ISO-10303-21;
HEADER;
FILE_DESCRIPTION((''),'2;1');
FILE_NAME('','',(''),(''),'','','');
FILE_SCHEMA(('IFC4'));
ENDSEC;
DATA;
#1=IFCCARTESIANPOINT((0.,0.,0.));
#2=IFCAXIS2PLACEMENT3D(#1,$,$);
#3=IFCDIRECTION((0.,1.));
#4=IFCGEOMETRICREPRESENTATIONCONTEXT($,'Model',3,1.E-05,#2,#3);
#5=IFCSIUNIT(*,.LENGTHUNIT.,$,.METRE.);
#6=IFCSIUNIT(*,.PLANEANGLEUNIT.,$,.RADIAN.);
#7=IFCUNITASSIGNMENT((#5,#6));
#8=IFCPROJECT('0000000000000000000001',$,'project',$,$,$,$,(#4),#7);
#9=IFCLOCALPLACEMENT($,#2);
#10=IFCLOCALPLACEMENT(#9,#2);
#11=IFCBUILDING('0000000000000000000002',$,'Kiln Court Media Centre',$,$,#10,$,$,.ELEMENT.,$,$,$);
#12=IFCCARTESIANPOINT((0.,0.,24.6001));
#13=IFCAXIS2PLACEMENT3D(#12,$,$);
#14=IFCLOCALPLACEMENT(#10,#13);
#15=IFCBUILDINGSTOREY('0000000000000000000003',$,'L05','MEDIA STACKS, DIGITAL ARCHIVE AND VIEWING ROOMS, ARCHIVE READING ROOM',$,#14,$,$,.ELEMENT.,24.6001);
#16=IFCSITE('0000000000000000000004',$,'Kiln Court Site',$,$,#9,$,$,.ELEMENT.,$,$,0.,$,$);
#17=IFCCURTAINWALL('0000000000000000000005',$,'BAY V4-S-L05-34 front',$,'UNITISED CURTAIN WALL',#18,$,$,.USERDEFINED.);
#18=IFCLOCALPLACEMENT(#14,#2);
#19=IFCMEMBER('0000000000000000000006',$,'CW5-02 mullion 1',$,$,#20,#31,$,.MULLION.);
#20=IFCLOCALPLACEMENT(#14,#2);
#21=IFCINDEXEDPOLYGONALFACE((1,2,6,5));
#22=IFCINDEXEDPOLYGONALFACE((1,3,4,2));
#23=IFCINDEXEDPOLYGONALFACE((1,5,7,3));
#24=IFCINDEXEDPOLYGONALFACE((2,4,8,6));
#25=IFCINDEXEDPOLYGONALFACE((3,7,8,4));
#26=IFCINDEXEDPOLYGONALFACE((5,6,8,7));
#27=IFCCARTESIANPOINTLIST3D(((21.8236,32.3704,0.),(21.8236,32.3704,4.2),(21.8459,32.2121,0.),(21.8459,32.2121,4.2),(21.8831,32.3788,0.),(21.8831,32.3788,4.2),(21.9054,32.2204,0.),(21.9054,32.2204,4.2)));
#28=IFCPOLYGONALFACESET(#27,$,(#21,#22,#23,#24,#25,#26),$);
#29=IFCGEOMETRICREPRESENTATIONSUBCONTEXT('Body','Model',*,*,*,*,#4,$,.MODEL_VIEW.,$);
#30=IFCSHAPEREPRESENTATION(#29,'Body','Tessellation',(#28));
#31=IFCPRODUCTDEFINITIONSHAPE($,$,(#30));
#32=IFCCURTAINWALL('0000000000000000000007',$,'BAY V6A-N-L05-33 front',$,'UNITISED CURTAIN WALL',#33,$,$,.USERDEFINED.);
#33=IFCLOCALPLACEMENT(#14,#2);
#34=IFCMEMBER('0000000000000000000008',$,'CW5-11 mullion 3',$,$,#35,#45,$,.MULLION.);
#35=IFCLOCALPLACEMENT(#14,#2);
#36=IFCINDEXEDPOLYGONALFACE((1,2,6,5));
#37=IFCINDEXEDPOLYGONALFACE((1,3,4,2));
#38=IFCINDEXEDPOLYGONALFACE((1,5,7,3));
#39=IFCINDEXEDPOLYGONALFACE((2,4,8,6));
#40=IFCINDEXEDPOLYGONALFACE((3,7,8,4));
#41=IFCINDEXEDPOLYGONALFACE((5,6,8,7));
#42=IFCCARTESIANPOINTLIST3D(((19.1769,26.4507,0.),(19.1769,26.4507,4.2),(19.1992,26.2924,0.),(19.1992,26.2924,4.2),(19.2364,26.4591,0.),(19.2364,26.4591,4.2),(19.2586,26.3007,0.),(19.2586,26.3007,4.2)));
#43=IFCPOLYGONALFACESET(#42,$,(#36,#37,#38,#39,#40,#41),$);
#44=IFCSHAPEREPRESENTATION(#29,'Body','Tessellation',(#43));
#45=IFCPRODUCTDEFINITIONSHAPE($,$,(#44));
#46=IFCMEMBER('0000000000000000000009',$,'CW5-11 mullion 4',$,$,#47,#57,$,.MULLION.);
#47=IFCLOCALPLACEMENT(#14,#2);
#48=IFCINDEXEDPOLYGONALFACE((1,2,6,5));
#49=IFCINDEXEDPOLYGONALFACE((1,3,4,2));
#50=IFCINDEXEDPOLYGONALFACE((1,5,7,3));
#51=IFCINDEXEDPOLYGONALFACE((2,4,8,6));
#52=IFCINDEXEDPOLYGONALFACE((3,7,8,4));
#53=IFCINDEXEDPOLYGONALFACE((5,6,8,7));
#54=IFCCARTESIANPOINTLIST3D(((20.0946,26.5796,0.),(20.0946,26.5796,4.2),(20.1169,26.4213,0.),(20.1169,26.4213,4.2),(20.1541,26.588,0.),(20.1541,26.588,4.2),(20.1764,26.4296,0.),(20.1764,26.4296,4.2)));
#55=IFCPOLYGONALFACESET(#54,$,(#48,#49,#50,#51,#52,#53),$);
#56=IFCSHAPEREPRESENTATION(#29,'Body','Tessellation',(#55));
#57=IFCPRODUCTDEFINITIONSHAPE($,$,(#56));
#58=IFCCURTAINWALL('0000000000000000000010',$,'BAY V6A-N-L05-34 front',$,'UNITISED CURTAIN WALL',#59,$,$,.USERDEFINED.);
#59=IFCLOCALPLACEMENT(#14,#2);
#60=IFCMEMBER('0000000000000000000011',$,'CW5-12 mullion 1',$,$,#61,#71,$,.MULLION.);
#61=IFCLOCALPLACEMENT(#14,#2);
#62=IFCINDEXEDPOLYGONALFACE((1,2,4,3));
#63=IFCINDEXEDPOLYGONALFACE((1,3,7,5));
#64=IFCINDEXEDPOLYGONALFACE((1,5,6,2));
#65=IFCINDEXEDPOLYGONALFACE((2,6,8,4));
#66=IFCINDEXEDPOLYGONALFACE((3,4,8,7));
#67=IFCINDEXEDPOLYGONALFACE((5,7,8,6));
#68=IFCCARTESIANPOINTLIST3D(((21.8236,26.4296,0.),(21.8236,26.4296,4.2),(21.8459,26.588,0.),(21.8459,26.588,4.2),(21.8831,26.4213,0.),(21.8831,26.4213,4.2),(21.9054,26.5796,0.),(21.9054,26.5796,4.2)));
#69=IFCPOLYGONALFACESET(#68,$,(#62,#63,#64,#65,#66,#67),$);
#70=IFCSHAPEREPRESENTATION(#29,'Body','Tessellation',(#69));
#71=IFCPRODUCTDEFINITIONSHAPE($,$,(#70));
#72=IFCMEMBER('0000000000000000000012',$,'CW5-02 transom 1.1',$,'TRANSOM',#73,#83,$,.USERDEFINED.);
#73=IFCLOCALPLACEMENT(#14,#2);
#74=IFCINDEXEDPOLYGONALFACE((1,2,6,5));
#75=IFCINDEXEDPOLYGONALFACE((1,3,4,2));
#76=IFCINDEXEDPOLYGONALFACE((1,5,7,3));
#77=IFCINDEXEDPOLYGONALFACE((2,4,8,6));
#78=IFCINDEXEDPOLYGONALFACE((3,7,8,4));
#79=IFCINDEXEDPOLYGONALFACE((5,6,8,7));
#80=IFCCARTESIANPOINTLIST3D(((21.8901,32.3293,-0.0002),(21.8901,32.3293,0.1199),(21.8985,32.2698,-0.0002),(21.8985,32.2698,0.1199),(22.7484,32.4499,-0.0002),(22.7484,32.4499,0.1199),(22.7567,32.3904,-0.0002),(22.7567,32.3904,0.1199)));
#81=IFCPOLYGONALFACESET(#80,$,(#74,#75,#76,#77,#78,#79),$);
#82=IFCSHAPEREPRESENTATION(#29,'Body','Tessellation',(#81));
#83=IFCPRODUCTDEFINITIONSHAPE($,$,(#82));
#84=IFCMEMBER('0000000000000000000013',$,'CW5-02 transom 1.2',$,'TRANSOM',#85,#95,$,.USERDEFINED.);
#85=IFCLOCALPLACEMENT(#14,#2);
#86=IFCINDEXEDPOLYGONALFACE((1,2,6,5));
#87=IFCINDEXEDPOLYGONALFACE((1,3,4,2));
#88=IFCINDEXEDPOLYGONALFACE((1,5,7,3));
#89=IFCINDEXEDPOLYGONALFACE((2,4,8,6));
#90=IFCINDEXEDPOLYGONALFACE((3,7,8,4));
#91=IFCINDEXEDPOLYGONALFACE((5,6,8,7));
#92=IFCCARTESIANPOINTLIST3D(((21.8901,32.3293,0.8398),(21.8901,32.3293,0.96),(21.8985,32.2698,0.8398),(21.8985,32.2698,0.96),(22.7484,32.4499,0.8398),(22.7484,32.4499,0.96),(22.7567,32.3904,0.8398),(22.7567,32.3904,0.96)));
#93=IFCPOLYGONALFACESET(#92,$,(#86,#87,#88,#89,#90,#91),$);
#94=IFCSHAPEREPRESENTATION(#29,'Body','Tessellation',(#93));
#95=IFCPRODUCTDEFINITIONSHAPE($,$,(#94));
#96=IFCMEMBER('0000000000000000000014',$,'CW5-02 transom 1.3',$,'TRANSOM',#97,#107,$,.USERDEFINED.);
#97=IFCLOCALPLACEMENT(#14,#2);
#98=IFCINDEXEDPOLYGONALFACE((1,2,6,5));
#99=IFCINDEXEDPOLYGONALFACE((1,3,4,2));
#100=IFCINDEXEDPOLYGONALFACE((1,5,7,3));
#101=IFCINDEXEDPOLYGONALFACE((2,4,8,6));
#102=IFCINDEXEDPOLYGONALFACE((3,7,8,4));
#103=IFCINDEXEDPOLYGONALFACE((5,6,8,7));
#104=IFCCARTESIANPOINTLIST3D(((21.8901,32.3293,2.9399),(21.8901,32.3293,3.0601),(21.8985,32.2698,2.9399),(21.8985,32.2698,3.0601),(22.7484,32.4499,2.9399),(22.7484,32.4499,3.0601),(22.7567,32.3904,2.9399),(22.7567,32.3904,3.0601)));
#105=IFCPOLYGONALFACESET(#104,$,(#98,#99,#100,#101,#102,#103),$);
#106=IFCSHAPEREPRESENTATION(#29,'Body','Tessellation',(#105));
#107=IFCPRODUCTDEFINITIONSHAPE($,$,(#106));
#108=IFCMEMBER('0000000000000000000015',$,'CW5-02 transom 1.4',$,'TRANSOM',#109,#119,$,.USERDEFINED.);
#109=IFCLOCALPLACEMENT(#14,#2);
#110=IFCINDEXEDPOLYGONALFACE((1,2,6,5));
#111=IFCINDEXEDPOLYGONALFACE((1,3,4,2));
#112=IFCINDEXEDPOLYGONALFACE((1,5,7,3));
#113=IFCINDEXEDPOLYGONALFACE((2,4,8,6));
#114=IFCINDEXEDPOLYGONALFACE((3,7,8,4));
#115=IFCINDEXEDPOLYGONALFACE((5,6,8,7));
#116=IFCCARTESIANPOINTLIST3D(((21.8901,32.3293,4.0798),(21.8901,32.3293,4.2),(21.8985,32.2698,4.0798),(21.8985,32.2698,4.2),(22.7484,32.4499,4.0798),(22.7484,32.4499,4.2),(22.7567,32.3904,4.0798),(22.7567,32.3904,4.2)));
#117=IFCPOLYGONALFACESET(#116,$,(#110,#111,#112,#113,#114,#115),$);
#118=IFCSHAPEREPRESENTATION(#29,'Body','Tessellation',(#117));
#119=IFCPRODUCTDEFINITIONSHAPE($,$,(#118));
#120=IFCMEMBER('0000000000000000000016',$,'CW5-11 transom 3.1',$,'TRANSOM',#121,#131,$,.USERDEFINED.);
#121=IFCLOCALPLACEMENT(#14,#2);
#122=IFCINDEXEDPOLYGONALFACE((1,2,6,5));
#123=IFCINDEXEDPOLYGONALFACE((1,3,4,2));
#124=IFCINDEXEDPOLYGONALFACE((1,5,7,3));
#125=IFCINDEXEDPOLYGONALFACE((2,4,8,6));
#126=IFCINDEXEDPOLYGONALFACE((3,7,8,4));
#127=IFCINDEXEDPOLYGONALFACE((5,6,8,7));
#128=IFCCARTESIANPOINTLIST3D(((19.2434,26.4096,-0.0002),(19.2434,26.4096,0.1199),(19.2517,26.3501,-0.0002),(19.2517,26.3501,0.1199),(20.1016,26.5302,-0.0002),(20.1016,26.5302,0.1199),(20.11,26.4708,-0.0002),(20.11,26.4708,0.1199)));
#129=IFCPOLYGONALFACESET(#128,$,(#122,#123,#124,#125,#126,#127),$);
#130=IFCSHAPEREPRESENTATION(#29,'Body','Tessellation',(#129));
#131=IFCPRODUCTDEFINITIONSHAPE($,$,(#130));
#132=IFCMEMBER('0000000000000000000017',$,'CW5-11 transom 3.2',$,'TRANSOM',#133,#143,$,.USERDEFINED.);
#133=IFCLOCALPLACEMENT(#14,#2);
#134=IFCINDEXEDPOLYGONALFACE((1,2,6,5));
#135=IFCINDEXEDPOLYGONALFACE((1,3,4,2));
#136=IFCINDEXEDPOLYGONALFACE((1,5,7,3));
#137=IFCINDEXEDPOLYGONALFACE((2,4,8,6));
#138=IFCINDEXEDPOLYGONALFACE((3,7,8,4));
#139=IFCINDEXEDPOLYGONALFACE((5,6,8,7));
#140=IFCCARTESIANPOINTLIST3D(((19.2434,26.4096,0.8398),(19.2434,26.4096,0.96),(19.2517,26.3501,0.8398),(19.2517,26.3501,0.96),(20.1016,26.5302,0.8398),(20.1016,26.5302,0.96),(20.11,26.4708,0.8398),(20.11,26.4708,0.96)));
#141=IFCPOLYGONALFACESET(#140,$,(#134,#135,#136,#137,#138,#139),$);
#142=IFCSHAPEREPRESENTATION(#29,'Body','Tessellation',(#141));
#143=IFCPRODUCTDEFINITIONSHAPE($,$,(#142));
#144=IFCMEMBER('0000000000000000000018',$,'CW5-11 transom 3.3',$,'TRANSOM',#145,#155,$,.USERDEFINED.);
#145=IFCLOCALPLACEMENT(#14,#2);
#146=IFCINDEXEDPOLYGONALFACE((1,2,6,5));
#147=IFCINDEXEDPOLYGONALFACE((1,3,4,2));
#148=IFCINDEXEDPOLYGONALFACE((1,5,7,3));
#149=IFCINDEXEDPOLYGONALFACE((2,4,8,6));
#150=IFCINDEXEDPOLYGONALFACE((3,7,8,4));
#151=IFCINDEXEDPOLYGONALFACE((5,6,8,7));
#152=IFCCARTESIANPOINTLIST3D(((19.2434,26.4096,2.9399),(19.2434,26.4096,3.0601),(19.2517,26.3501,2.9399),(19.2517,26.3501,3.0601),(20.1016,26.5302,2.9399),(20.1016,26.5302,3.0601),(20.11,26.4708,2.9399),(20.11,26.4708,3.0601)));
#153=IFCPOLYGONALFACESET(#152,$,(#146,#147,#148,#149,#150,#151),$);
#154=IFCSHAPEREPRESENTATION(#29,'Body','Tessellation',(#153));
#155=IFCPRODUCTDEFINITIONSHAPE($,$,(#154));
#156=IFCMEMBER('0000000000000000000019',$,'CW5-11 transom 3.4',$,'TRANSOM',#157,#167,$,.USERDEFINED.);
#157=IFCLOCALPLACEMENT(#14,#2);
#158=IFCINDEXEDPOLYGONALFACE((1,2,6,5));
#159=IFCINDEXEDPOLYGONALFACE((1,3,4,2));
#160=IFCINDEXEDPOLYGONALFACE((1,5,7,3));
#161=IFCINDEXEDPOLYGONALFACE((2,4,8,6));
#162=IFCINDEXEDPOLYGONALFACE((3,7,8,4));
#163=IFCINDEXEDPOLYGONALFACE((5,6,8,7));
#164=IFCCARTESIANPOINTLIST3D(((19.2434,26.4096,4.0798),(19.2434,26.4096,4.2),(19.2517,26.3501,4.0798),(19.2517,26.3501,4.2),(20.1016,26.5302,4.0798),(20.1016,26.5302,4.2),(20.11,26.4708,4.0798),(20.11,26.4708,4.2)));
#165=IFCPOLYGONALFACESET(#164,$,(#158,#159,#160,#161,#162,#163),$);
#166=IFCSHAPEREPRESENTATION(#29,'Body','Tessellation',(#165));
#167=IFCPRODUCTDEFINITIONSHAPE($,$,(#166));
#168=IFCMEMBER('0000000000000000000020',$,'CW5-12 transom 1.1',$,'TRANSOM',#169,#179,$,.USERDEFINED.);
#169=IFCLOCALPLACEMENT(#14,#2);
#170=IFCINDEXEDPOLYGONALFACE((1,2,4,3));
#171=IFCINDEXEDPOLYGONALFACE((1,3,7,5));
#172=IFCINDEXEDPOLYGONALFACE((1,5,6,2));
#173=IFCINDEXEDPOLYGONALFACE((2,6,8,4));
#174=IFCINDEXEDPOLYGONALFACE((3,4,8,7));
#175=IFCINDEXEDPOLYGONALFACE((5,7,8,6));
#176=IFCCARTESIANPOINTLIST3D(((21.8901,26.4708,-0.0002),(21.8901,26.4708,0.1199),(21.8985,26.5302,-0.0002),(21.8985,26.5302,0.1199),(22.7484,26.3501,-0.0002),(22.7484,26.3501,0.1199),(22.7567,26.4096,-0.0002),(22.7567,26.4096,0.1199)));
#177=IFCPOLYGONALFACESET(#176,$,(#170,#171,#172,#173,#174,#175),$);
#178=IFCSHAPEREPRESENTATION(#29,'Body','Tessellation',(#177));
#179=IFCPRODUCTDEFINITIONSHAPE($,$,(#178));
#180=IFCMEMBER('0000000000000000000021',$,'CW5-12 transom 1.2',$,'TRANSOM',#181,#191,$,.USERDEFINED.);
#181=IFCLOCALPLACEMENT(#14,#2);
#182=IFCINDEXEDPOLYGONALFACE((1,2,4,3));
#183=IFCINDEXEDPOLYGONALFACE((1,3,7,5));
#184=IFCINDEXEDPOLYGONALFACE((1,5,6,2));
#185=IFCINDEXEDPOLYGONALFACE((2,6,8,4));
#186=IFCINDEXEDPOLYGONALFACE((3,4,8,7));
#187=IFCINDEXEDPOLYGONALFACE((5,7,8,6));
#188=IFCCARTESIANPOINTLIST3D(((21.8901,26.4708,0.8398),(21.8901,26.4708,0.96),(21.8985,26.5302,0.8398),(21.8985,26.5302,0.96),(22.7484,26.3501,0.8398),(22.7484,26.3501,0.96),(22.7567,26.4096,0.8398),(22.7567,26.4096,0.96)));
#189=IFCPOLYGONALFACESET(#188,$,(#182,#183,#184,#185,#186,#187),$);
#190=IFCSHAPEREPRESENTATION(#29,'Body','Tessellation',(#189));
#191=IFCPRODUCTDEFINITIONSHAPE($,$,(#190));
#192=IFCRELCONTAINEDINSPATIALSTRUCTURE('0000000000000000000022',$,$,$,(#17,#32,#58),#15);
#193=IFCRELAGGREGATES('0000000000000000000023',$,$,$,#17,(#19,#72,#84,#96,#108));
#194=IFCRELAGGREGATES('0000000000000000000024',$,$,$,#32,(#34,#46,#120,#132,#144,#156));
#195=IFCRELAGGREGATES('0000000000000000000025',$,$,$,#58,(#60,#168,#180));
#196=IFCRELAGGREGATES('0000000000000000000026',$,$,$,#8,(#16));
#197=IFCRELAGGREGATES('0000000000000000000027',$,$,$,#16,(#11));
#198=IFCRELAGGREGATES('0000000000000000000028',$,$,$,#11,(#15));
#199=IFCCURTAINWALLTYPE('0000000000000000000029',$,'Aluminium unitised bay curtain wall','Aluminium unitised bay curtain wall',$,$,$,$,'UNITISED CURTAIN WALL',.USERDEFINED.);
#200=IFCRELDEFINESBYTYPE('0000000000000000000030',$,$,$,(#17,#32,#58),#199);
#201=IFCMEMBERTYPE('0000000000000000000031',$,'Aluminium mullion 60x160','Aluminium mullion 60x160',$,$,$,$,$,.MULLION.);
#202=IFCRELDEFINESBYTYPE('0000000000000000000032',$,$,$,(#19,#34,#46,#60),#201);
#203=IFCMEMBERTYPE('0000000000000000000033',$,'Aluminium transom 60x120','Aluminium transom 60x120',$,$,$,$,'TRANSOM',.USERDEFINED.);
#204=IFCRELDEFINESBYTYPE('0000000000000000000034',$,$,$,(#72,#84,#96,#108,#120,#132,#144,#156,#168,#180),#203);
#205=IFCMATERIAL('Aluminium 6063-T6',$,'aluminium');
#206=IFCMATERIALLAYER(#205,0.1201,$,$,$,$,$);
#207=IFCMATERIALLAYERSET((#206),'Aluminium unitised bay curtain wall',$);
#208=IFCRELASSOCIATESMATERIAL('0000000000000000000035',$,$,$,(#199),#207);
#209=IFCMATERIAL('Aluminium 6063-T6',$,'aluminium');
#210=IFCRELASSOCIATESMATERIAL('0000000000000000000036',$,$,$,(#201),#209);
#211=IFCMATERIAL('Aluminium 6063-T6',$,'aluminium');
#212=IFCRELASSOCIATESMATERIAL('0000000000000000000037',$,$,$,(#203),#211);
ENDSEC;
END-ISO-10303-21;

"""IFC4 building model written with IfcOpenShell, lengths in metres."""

from ifc_helpers import new_model, si_unit, direction, frame, origin, origin_2d, place, context, subcontext, project, spatial, rectangle, extrude, material, layer, layer_set, material_profile, profile_set, type_object, element, aggregate, save


model = new_model("IFC4")

# Units and contexts
model_context = context("Model", 3, precision=1e-05, world=origin(), true_north=direction((0.0, 1.0)))
body_context = subcontext(model_context, "Body", "Model", "MODEL_VIEW")
ifc_project = project(units=[si_unit("LENGTHUNIT", "METRE"), si_unit("PLANEANGLEUNIT", "RADIAN")], contexts=[model_context])

# Site, building, storey
site_placement = place(None, origin())
site = spatial("IfcSite", under=ifc_project, at=site_placement, Name="Kiln Court Site", CompositionType="ELEMENT", RefElevation=0.0)
building_placement = place(site_placement, origin())
building = spatial("IfcBuilding", under=site, at=building_placement, Name="Kiln Court Media Centre", CompositionType="ELEMENT")
storey_placement = place(building_placement, frame((0.0, 0.0, 24.6001)))
storey = spatial("IfcBuildingStorey", under=building, at=storey_placement, Name="L05", Description="MEDIA STACKS, DIGITAL ARCHIVE AND VIEWING ROOMS, ARCHIVE READING ROOM", CompositionType="ELEMENT", Elevation=24.6001)

# Curtain wall, member
ifc_material_1 = material(Name="Aluminium 6063-T6", Category="aluminium")
ifc_layer_1 = layer(ifc_material_1, 0.1201)
ifc_layer_set_1 = layer_set([ifc_layer_1], Name="Aluminium unitised bay curtain wall")
curtain_wall_type = type_object("IfcCurtainWallType", Name="Aluminium unitised bay curtain wall", Description="Aluminium unitised bay curtain wall", ElementType="UNITISED CURTAIN WALL", PredefinedType="USERDEFINED", material=ifc_layer_set_1)
curtain_wall_1_placement = place(storey_placement, origin())
curtain_wall_1 = element("IfcCurtainWall", 1, at=curtain_wall_1_placement, inside=storey, type_object=curtain_wall_type, Name="BAY V4-S-L05-34 front", ObjectType="UNITISED CURTAIN WALL", PredefinedType="USERDEFINED")
ifc_material_2 = material(Name="Aluminium 6063-T6", Category="aluminium")
ifc_material_profile_1 = material_profile(ifc_material_2, rectangle(XDim=0.0601, YDim=0.1599, at=origin_2d()), Name="Aluminium mullion 60x160")
ifc_profile_set_1 = profile_set([ifc_material_profile_1], Name="Aluminium 6063-T6")
member_type_1 = type_object("IfcMemberType", Name="Aluminium mullion 60x160", Description="Aluminium mullion 60x160", PredefinedType="MULLION", material=ifc_profile_set_1)
member_1_placement = place(storey_placement, frame((21.8645, 32.2954, 0.0), z_axis=(0.0, 0.0, 1.0), x_axis=(0.99027, 0.139162, 0.0)))
member_1 = element("IfcMember", 2, at=member_1_placement, type_object=member_type_1, Name="CW5-02 mullion 1", PredefinedType="MULLION", context=body_context, shape_type="SweptSolid", body=[
    extrude(rectangle(XDim=0.0601, YDim=0.1599, at=origin_2d()), origin(), (0.0, 0.0, 1.0), 4.2),
])

# Curtain wall, members
curtain_wall_2_placement = place(storey_placement, origin())
curtain_wall_2 = element("IfcCurtainWall", 3, at=curtain_wall_2_placement, inside=storey, type_object=curtain_wall_type, Name="BAY V6A-N-L05-33 front", ObjectType="UNITISED CURTAIN WALL", PredefinedType="USERDEFINED")
member_2_placement = place(storey_placement, frame((19.2178, 26.3757, 0.0), z_axis=(0.0, 0.0, 1.0), x_axis=(0.99027, 0.139162, 0.0)))
member_2 = element("IfcMember", 4, at=member_2_placement, type_object=member_type_1, Name="CW5-11 mullion 3", PredefinedType="MULLION", context=body_context, shape_type="SweptSolid", body=[
    extrude(rectangle(XDim=0.0601, YDim=0.1599, at=origin_2d()), origin(), (0.0, 0.0, 1.0), 4.2),
])
member_3_placement = place(storey_placement, frame((20.1355, 26.5046, 0.0), z_axis=(0.0, 0.0, 1.0), x_axis=(0.99027, 0.139162, 0.0)))
member_3 = element("IfcMember", 5, at=member_3_placement, type_object=member_type_1, Name="CW5-11 mullion 4", PredefinedType="MULLION", context=body_context, shape_type="SweptSolid", body=[
    extrude(rectangle(XDim=0.0601, YDim=0.1599, at=origin_2d()), origin(), (0.0, 0.0, 1.0), 4.2),
])

# Curtain wall, member
curtain_wall_3_placement = place(storey_placement, origin())
curtain_wall_3 = element("IfcCurtainWall", 6, at=curtain_wall_3_placement, inside=storey, type_object=curtain_wall_type, Name="BAY V6A-N-L05-34 front", ObjectType="UNITISED CURTAIN WALL", PredefinedType="USERDEFINED")
member_4_placement = place(storey_placement, frame((21.8645, 26.5046, 0.0), z_axis=(0.0, 0.0, 1.0), x_axis=(0.99027, -0.139162, 0.0)))
member_4 = element("IfcMember", 7, at=member_4_placement, type_object=member_type_1, Name="CW5-12 mullion 1", PredefinedType="MULLION", context=body_context, shape_type="SweptSolid", body=[
    extrude(rectangle(XDim=0.0601, YDim=0.1599, at=origin_2d()), origin(), (0.0, 0.0, 1.0), 4.2),
])

# Members
ifc_material_3 = material(Name="Aluminium 6063-T6", Category="aluminium")
ifc_material_profile_2 = material_profile(ifc_material_3, rectangle(XDim=0.0601, YDim=0.1201, at=origin_2d()), Name="Aluminium transom 60x120")
ifc_profile_set_2 = profile_set([ifc_material_profile_2], Name="Aluminium 6063-T6")
member_type_2 = type_object("IfcMemberType", Name="Aluminium transom 60x120", Description="Aluminium transom 60x120", ElementType="TRANSOM", PredefinedType="USERDEFINED", material=ifc_profile_set_2)
member_5_placement = place(storey_placement, frame((21.8943, 32.2996, 0.0598), z_axis=(0.990268, 0.139173, 0.0), x_axis=(-0.139173, 0.990268, 0.0)))
member_5 = element("IfcMember", 8, at=member_5_placement, type_object=member_type_2, Name="CW5-02 transom 1.1", ObjectType="TRANSOM", PredefinedType="USERDEFINED", context=body_context, shape_type="SweptSolid", body=[
    extrude(rectangle(XDim=0.0601, YDim=0.1201, at=origin_2d()), origin(), (0.0, 0.0, 1.0), 0.8667),
])
member_6_placement = place(storey_placement, frame((21.8943, 32.2996, 0.8999), z_axis=(0.990268, 0.139173, 0.0), x_axis=(-0.139173, 0.990268, 0.0)))
member_6 = element("IfcMember", 9, at=member_6_placement, type_object=member_type_2, Name="CW5-02 transom 1.2", ObjectType="TRANSOM", PredefinedType="USERDEFINED", context=body_context, shape_type="SweptSolid", body=[
    extrude(rectangle(XDim=0.0601, YDim=0.1201, at=origin_2d()), origin(), (0.0, 0.0, 1.0), 0.8667),
])
member_7_placement = place(storey_placement, frame((21.8943, 32.2996, 3.0), z_axis=(0.990268, 0.139173, 0.0), x_axis=(-0.139173, 0.990268, 0.0)))
member_7 = element("IfcMember", 10, at=member_7_placement, type_object=member_type_2, Name="CW5-02 transom 1.3", ObjectType="TRANSOM", PredefinedType="USERDEFINED", context=body_context, shape_type="SweptSolid", body=[
    extrude(rectangle(XDim=0.0601, YDim=0.1201, at=origin_2d()), origin(), (0.0, 0.0, 1.0), 0.8667),
])
member_8_placement = place(storey_placement, frame((21.8943, 32.2996, 4.1399), z_axis=(0.990268, 0.139173, 0.0), x_axis=(-0.139173, 0.990268, 0.0)))
member_8 = element("IfcMember", 11, at=member_8_placement, type_object=member_type_2, Name="CW5-02 transom 1.4", ObjectType="TRANSOM", PredefinedType="USERDEFINED", context=body_context, shape_type="SweptSolid", body=[
    extrude(rectangle(XDim=0.0601, YDim=0.1201, at=origin_2d()), origin(), (0.0, 0.0, 1.0), 0.8667),
])
member_9_placement = place(storey_placement, frame((19.2476, 26.3799, 0.0598), z_axis=(0.990268, 0.139173, 0.0), x_axis=(-0.139173, 0.990268, 0.0)))
member_9 = element("IfcMember", 12, at=member_9_placement, type_object=member_type_2, Name="CW5-11 transom 3.1", ObjectType="TRANSOM", PredefinedType="USERDEFINED", context=body_context, shape_type="SweptSolid", body=[
    extrude(rectangle(XDim=0.0601, YDim=0.1201, at=origin_2d()), origin(), (0.0, 0.0, 1.0), 0.8667),
])
member_10_placement = place(storey_placement, frame((19.2476, 26.3799, 0.8999), z_axis=(0.990268, 0.139173, 0.0), x_axis=(-0.139173, 0.990268, 0.0)))
member_10 = element("IfcMember", 13, at=member_10_placement, type_object=member_type_2, Name="CW5-11 transom 3.2", ObjectType="TRANSOM", PredefinedType="USERDEFINED", context=body_context, shape_type="SweptSolid", body=[
    extrude(rectangle(XDim=0.0601, YDim=0.1201, at=origin_2d()), origin(), (0.0, 0.0, 1.0), 0.8667),
])
member_11_placement = place(storey_placement, frame((19.2476, 26.3799, 3.0), z_axis=(0.990268, 0.139173, 0.0), x_axis=(-0.139173, 0.990268, 0.0)))
member_11 = element("IfcMember", 14, at=member_11_placement, type_object=member_type_2, Name="CW5-11 transom 3.3", ObjectType="TRANSOM", PredefinedType="USERDEFINED", context=body_context, shape_type="SweptSolid", body=[
    extrude(rectangle(XDim=0.0601, YDim=0.1201, at=origin_2d()), origin(), (0.0, 0.0, 1.0), 0.8667),
])
member_12_placement = place(storey_placement, frame((19.2476, 26.3799, 4.1399), z_axis=(0.990268, 0.139173, 0.0), x_axis=(-0.139173, 0.990268, 0.0)))
member_12 = element("IfcMember", 15, at=member_12_placement, type_object=member_type_2, Name="CW5-11 transom 3.4", ObjectType="TRANSOM", PredefinedType="USERDEFINED", context=body_context, shape_type="SweptSolid", body=[
    extrude(rectangle(XDim=0.0601, YDim=0.1201, at=origin_2d()), origin(), (0.0, 0.0, 1.0), 0.8667),
])
member_13_placement = place(storey_placement, frame((21.8943, 26.5005, 0.0598), z_axis=(0.990268, -0.139173, 0.0), x_axis=(0.139173, 0.990268, 0.0)))
member_13 = element("IfcMember", 16, at=member_13_placement, type_object=member_type_2, Name="CW5-12 transom 1.1", ObjectType="TRANSOM", PredefinedType="USERDEFINED", context=body_context, shape_type="SweptSolid", body=[
    extrude(rectangle(XDim=0.0601, YDim=0.1201, at=origin_2d()), origin(), (0.0, 0.0, 1.0), 0.8667),
])
member_14_placement = place(storey_placement, frame((21.8943, 26.5005, 0.8999), z_axis=(0.990268, -0.139173, 0.0), x_axis=(0.139173, 0.990268, 0.0)))
member_14 = element("IfcMember", 17, at=member_14_placement, type_object=member_type_2, Name="CW5-12 transom 1.2", ObjectType="TRANSOM", PredefinedType="USERDEFINED", context=body_context, shape_type="SweptSolid", body=[
    extrude(rectangle(XDim=0.0601, YDim=0.1201, at=origin_2d()), origin(), (0.0, 0.0, 1.0), 0.8667),
])

aggregate(curtain_wall_1, [member_1, member_5, member_6, member_7, member_8])
aggregate(curtain_wall_2, [member_2, member_3, member_9, member_10, member_11, member_12])
aggregate(curtain_wall_3, [member_4, member_13, member_14])

save(model, "model.ifc")
